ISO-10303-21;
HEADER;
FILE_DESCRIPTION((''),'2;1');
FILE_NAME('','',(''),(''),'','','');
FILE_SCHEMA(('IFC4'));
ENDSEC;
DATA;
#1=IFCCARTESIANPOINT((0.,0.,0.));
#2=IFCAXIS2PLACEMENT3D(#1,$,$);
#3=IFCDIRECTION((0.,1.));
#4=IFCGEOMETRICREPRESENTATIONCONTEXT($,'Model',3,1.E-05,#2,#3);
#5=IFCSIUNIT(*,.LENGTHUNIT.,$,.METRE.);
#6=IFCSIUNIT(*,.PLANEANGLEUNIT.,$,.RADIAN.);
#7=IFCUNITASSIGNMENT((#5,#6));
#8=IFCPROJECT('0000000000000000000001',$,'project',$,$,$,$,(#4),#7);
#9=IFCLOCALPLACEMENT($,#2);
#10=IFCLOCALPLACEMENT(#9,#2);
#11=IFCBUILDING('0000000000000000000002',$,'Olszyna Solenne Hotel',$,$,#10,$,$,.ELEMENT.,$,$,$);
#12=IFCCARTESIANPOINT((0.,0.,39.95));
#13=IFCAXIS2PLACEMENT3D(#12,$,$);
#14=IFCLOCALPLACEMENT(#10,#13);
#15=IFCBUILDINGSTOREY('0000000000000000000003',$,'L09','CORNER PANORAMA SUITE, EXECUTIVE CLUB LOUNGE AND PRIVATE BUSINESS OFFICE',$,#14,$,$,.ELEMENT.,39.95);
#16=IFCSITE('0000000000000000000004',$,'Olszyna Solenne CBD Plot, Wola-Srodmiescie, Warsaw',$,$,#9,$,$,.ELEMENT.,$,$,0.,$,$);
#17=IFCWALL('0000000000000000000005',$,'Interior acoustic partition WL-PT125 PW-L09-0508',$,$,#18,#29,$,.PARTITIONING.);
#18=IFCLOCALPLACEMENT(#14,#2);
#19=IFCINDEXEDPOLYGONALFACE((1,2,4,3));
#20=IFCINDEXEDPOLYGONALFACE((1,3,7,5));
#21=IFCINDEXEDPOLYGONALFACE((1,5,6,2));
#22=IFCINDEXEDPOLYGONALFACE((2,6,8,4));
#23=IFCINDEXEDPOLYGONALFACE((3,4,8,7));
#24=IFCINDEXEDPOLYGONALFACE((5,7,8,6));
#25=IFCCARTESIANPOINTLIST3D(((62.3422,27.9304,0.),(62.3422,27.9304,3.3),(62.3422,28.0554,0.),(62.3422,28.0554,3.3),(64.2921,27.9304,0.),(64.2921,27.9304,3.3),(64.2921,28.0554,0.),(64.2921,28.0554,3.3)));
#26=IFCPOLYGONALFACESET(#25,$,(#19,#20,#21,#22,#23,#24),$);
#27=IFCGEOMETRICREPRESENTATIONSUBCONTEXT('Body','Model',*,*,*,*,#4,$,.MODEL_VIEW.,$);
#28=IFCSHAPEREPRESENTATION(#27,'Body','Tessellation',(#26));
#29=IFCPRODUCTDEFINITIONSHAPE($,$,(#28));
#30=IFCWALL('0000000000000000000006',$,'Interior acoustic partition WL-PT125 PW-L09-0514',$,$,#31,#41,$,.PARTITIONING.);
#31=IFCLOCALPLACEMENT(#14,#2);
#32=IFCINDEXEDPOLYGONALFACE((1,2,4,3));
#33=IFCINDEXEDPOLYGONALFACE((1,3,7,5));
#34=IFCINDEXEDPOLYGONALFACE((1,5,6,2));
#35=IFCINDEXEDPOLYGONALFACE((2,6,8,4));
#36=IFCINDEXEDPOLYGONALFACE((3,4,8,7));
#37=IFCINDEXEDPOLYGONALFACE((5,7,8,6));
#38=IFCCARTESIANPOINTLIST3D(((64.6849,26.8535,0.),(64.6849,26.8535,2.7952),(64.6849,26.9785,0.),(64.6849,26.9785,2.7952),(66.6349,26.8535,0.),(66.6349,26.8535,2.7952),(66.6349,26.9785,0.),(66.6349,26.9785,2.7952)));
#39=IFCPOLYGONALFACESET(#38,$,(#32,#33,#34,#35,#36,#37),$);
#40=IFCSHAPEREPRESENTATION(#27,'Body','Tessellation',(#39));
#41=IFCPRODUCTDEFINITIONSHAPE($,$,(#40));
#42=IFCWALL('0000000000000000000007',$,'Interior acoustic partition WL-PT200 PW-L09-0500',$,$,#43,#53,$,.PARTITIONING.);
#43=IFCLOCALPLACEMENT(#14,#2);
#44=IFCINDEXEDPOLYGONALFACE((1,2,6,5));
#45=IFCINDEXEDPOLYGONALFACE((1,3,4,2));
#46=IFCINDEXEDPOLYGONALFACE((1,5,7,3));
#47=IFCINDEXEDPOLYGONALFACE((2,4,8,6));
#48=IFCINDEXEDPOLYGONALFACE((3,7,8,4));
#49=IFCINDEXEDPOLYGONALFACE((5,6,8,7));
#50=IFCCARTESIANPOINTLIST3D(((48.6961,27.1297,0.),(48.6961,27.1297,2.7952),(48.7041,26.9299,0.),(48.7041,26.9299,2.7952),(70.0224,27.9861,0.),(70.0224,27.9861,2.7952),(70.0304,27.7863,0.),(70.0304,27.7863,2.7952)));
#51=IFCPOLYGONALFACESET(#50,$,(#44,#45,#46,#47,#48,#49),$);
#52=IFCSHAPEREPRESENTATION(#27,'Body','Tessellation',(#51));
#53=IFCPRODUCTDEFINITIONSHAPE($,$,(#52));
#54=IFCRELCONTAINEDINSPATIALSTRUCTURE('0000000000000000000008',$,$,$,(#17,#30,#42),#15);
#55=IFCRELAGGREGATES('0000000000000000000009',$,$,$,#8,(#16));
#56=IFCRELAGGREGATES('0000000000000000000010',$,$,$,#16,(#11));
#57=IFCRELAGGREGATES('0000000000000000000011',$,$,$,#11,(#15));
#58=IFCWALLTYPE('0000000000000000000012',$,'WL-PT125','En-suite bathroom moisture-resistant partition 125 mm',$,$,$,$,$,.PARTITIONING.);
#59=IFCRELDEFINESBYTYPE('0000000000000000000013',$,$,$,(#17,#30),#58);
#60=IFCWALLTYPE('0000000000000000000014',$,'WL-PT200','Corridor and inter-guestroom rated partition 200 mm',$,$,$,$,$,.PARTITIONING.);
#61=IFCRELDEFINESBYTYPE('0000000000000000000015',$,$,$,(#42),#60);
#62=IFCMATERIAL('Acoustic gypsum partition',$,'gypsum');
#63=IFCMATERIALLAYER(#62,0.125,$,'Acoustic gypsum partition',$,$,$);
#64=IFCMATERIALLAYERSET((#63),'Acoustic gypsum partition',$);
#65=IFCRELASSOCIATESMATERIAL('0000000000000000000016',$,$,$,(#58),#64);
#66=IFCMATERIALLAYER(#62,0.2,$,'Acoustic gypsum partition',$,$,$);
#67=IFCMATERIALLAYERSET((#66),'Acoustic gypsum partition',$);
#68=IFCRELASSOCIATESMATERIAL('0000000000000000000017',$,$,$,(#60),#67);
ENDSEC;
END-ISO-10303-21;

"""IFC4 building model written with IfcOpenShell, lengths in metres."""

from ifc_helpers import new_model, si_unit, direction, frame, frame_2d, origin, place, context, subcontext, project, spatial, rectangle, extrude, material, layer, layer_set, type_object, element, save


model = new_model("IFC4")

# Units and contexts
model_context = context("Model", 3, precision=1e-05, world=origin(), true_north=direction((0.0, 1.0)))
body_context = subcontext(model_context, "Body", "Model", "MODEL_VIEW")
ifc_project = project(units=[si_unit("LENGTHUNIT", "METRE"), si_unit("PLANEANGLEUNIT", "RADIAN")], contexts=[model_context])

# Site, building, storey
site_placement = place(None, origin())
site = spatial("IfcSite", under=ifc_project, at=site_placement, Name="Olszyna Solenne CBD Plot, Wola-Srodmiescie, Warsaw", CompositionType="ELEMENT", RefElevation=0.0)
building_placement = place(site_placement, origin())
building = spatial("IfcBuilding", under=site, at=building_placement, Name="Olszyna Solenne Hotel", CompositionType="ELEMENT")
storey_placement = place(building_placement, frame((0.0, 0.0, 39.95)))
storey = spatial("IfcBuildingStorey", under=building, at=storey_placement, Name="L09", Description="CORNER PANORAMA SUITE, EXECUTIVE CLUB LOUNGE AND PRIVATE BUSINESS OFFICE", CompositionType="ELEMENT", Elevation=39.95)

# Shared definitions
ifc_material_1 = material(Name="Acoustic gypsum partition", Category="gypsum")
ifc_layer_1 = layer(ifc_material_1, 0.125, Name="Acoustic gypsum partition")
ifc_layer_set_1 = layer_set([ifc_layer_1], Name="Acoustic gypsum partition")
wall_type_1 = type_object("IfcWallType", Name="WL-PT125", Description="En-suite bathroom moisture-resistant partition 125 mm", PredefinedType="PARTITIONING", material=ifc_layer_set_1)

# Walls
wall_1_placement = place(storey_placement, frame((62.342, 27.9929, 0.0), z_axis=(0.0, 0.0, 1.0), x_axis=(1.0, 0.0, 0.0)))
element("IfcWall", 1, at=wall_1_placement, inside=storey, type_object=wall_type_1, Name="Interior acoustic partition WL-PT125 PW-L09-0508", PredefinedType="PARTITIONING", context=body_context, shape_type="SweptSolid", body=[
    extrude(rectangle(XDim=1.95, YDim=0.125, at=frame_2d((0.9751, 0.0))), origin(), (0.0, 0.0, 1.0), 3.3),
])
wall_2_placement = place(storey_placement, frame((66.635, 26.916, 0.0), z_axis=(0.0, 0.0, 1.0), x_axis=(-1.0, 0.0, 0.0)))
element("IfcWall", 2, at=wall_2_placement, inside=storey, type_object=wall_type_1, Name="Interior acoustic partition WL-PT125 PW-L09-0514", PredefinedType="PARTITIONING", context=body_context, shape_type="SweptSolid", body=[
    extrude(rectangle(XDim=1.95, YDim=0.125, at=frame_2d((0.9751, 0.0))), origin(), (0.0, 0.0, 1.0), 2.7952),
])
ifc_layer_2 = layer(ifc_material_1, 0.2, Name="Acoustic gypsum partition")
ifc_layer_set_2 = layer_set([ifc_layer_2], Name="Acoustic gypsum partition")
wall_type_2 = type_object("IfcWallType", Name="WL-PT200", Description="Corridor and inter-guestroom rated partition 200 mm", PredefinedType="PARTITIONING", material=ifc_layer_set_2)
wall_3_placement = place(storey_placement, frame((48.7, 27.0298, 0.0), z_axis=(0.0, 0.0, 1.0), x_axis=(0.999195, 0.040127, 0.0)))
element("IfcWall", 3, at=wall_3_placement, inside=storey, type_object=wall_type_2, Name="Interior acoustic partition WL-PT200 PW-L09-0500", PredefinedType="PARTITIONING", context=body_context, shape_type="SweptSolid", body=[
    extrude(rectangle(XDim=21.3435, YDim=0.2, at=frame_2d((10.6719, 0.0))), origin(), (0.0, 0.0, 1.0), 2.7952),
])

save(model, "model.ifc")
